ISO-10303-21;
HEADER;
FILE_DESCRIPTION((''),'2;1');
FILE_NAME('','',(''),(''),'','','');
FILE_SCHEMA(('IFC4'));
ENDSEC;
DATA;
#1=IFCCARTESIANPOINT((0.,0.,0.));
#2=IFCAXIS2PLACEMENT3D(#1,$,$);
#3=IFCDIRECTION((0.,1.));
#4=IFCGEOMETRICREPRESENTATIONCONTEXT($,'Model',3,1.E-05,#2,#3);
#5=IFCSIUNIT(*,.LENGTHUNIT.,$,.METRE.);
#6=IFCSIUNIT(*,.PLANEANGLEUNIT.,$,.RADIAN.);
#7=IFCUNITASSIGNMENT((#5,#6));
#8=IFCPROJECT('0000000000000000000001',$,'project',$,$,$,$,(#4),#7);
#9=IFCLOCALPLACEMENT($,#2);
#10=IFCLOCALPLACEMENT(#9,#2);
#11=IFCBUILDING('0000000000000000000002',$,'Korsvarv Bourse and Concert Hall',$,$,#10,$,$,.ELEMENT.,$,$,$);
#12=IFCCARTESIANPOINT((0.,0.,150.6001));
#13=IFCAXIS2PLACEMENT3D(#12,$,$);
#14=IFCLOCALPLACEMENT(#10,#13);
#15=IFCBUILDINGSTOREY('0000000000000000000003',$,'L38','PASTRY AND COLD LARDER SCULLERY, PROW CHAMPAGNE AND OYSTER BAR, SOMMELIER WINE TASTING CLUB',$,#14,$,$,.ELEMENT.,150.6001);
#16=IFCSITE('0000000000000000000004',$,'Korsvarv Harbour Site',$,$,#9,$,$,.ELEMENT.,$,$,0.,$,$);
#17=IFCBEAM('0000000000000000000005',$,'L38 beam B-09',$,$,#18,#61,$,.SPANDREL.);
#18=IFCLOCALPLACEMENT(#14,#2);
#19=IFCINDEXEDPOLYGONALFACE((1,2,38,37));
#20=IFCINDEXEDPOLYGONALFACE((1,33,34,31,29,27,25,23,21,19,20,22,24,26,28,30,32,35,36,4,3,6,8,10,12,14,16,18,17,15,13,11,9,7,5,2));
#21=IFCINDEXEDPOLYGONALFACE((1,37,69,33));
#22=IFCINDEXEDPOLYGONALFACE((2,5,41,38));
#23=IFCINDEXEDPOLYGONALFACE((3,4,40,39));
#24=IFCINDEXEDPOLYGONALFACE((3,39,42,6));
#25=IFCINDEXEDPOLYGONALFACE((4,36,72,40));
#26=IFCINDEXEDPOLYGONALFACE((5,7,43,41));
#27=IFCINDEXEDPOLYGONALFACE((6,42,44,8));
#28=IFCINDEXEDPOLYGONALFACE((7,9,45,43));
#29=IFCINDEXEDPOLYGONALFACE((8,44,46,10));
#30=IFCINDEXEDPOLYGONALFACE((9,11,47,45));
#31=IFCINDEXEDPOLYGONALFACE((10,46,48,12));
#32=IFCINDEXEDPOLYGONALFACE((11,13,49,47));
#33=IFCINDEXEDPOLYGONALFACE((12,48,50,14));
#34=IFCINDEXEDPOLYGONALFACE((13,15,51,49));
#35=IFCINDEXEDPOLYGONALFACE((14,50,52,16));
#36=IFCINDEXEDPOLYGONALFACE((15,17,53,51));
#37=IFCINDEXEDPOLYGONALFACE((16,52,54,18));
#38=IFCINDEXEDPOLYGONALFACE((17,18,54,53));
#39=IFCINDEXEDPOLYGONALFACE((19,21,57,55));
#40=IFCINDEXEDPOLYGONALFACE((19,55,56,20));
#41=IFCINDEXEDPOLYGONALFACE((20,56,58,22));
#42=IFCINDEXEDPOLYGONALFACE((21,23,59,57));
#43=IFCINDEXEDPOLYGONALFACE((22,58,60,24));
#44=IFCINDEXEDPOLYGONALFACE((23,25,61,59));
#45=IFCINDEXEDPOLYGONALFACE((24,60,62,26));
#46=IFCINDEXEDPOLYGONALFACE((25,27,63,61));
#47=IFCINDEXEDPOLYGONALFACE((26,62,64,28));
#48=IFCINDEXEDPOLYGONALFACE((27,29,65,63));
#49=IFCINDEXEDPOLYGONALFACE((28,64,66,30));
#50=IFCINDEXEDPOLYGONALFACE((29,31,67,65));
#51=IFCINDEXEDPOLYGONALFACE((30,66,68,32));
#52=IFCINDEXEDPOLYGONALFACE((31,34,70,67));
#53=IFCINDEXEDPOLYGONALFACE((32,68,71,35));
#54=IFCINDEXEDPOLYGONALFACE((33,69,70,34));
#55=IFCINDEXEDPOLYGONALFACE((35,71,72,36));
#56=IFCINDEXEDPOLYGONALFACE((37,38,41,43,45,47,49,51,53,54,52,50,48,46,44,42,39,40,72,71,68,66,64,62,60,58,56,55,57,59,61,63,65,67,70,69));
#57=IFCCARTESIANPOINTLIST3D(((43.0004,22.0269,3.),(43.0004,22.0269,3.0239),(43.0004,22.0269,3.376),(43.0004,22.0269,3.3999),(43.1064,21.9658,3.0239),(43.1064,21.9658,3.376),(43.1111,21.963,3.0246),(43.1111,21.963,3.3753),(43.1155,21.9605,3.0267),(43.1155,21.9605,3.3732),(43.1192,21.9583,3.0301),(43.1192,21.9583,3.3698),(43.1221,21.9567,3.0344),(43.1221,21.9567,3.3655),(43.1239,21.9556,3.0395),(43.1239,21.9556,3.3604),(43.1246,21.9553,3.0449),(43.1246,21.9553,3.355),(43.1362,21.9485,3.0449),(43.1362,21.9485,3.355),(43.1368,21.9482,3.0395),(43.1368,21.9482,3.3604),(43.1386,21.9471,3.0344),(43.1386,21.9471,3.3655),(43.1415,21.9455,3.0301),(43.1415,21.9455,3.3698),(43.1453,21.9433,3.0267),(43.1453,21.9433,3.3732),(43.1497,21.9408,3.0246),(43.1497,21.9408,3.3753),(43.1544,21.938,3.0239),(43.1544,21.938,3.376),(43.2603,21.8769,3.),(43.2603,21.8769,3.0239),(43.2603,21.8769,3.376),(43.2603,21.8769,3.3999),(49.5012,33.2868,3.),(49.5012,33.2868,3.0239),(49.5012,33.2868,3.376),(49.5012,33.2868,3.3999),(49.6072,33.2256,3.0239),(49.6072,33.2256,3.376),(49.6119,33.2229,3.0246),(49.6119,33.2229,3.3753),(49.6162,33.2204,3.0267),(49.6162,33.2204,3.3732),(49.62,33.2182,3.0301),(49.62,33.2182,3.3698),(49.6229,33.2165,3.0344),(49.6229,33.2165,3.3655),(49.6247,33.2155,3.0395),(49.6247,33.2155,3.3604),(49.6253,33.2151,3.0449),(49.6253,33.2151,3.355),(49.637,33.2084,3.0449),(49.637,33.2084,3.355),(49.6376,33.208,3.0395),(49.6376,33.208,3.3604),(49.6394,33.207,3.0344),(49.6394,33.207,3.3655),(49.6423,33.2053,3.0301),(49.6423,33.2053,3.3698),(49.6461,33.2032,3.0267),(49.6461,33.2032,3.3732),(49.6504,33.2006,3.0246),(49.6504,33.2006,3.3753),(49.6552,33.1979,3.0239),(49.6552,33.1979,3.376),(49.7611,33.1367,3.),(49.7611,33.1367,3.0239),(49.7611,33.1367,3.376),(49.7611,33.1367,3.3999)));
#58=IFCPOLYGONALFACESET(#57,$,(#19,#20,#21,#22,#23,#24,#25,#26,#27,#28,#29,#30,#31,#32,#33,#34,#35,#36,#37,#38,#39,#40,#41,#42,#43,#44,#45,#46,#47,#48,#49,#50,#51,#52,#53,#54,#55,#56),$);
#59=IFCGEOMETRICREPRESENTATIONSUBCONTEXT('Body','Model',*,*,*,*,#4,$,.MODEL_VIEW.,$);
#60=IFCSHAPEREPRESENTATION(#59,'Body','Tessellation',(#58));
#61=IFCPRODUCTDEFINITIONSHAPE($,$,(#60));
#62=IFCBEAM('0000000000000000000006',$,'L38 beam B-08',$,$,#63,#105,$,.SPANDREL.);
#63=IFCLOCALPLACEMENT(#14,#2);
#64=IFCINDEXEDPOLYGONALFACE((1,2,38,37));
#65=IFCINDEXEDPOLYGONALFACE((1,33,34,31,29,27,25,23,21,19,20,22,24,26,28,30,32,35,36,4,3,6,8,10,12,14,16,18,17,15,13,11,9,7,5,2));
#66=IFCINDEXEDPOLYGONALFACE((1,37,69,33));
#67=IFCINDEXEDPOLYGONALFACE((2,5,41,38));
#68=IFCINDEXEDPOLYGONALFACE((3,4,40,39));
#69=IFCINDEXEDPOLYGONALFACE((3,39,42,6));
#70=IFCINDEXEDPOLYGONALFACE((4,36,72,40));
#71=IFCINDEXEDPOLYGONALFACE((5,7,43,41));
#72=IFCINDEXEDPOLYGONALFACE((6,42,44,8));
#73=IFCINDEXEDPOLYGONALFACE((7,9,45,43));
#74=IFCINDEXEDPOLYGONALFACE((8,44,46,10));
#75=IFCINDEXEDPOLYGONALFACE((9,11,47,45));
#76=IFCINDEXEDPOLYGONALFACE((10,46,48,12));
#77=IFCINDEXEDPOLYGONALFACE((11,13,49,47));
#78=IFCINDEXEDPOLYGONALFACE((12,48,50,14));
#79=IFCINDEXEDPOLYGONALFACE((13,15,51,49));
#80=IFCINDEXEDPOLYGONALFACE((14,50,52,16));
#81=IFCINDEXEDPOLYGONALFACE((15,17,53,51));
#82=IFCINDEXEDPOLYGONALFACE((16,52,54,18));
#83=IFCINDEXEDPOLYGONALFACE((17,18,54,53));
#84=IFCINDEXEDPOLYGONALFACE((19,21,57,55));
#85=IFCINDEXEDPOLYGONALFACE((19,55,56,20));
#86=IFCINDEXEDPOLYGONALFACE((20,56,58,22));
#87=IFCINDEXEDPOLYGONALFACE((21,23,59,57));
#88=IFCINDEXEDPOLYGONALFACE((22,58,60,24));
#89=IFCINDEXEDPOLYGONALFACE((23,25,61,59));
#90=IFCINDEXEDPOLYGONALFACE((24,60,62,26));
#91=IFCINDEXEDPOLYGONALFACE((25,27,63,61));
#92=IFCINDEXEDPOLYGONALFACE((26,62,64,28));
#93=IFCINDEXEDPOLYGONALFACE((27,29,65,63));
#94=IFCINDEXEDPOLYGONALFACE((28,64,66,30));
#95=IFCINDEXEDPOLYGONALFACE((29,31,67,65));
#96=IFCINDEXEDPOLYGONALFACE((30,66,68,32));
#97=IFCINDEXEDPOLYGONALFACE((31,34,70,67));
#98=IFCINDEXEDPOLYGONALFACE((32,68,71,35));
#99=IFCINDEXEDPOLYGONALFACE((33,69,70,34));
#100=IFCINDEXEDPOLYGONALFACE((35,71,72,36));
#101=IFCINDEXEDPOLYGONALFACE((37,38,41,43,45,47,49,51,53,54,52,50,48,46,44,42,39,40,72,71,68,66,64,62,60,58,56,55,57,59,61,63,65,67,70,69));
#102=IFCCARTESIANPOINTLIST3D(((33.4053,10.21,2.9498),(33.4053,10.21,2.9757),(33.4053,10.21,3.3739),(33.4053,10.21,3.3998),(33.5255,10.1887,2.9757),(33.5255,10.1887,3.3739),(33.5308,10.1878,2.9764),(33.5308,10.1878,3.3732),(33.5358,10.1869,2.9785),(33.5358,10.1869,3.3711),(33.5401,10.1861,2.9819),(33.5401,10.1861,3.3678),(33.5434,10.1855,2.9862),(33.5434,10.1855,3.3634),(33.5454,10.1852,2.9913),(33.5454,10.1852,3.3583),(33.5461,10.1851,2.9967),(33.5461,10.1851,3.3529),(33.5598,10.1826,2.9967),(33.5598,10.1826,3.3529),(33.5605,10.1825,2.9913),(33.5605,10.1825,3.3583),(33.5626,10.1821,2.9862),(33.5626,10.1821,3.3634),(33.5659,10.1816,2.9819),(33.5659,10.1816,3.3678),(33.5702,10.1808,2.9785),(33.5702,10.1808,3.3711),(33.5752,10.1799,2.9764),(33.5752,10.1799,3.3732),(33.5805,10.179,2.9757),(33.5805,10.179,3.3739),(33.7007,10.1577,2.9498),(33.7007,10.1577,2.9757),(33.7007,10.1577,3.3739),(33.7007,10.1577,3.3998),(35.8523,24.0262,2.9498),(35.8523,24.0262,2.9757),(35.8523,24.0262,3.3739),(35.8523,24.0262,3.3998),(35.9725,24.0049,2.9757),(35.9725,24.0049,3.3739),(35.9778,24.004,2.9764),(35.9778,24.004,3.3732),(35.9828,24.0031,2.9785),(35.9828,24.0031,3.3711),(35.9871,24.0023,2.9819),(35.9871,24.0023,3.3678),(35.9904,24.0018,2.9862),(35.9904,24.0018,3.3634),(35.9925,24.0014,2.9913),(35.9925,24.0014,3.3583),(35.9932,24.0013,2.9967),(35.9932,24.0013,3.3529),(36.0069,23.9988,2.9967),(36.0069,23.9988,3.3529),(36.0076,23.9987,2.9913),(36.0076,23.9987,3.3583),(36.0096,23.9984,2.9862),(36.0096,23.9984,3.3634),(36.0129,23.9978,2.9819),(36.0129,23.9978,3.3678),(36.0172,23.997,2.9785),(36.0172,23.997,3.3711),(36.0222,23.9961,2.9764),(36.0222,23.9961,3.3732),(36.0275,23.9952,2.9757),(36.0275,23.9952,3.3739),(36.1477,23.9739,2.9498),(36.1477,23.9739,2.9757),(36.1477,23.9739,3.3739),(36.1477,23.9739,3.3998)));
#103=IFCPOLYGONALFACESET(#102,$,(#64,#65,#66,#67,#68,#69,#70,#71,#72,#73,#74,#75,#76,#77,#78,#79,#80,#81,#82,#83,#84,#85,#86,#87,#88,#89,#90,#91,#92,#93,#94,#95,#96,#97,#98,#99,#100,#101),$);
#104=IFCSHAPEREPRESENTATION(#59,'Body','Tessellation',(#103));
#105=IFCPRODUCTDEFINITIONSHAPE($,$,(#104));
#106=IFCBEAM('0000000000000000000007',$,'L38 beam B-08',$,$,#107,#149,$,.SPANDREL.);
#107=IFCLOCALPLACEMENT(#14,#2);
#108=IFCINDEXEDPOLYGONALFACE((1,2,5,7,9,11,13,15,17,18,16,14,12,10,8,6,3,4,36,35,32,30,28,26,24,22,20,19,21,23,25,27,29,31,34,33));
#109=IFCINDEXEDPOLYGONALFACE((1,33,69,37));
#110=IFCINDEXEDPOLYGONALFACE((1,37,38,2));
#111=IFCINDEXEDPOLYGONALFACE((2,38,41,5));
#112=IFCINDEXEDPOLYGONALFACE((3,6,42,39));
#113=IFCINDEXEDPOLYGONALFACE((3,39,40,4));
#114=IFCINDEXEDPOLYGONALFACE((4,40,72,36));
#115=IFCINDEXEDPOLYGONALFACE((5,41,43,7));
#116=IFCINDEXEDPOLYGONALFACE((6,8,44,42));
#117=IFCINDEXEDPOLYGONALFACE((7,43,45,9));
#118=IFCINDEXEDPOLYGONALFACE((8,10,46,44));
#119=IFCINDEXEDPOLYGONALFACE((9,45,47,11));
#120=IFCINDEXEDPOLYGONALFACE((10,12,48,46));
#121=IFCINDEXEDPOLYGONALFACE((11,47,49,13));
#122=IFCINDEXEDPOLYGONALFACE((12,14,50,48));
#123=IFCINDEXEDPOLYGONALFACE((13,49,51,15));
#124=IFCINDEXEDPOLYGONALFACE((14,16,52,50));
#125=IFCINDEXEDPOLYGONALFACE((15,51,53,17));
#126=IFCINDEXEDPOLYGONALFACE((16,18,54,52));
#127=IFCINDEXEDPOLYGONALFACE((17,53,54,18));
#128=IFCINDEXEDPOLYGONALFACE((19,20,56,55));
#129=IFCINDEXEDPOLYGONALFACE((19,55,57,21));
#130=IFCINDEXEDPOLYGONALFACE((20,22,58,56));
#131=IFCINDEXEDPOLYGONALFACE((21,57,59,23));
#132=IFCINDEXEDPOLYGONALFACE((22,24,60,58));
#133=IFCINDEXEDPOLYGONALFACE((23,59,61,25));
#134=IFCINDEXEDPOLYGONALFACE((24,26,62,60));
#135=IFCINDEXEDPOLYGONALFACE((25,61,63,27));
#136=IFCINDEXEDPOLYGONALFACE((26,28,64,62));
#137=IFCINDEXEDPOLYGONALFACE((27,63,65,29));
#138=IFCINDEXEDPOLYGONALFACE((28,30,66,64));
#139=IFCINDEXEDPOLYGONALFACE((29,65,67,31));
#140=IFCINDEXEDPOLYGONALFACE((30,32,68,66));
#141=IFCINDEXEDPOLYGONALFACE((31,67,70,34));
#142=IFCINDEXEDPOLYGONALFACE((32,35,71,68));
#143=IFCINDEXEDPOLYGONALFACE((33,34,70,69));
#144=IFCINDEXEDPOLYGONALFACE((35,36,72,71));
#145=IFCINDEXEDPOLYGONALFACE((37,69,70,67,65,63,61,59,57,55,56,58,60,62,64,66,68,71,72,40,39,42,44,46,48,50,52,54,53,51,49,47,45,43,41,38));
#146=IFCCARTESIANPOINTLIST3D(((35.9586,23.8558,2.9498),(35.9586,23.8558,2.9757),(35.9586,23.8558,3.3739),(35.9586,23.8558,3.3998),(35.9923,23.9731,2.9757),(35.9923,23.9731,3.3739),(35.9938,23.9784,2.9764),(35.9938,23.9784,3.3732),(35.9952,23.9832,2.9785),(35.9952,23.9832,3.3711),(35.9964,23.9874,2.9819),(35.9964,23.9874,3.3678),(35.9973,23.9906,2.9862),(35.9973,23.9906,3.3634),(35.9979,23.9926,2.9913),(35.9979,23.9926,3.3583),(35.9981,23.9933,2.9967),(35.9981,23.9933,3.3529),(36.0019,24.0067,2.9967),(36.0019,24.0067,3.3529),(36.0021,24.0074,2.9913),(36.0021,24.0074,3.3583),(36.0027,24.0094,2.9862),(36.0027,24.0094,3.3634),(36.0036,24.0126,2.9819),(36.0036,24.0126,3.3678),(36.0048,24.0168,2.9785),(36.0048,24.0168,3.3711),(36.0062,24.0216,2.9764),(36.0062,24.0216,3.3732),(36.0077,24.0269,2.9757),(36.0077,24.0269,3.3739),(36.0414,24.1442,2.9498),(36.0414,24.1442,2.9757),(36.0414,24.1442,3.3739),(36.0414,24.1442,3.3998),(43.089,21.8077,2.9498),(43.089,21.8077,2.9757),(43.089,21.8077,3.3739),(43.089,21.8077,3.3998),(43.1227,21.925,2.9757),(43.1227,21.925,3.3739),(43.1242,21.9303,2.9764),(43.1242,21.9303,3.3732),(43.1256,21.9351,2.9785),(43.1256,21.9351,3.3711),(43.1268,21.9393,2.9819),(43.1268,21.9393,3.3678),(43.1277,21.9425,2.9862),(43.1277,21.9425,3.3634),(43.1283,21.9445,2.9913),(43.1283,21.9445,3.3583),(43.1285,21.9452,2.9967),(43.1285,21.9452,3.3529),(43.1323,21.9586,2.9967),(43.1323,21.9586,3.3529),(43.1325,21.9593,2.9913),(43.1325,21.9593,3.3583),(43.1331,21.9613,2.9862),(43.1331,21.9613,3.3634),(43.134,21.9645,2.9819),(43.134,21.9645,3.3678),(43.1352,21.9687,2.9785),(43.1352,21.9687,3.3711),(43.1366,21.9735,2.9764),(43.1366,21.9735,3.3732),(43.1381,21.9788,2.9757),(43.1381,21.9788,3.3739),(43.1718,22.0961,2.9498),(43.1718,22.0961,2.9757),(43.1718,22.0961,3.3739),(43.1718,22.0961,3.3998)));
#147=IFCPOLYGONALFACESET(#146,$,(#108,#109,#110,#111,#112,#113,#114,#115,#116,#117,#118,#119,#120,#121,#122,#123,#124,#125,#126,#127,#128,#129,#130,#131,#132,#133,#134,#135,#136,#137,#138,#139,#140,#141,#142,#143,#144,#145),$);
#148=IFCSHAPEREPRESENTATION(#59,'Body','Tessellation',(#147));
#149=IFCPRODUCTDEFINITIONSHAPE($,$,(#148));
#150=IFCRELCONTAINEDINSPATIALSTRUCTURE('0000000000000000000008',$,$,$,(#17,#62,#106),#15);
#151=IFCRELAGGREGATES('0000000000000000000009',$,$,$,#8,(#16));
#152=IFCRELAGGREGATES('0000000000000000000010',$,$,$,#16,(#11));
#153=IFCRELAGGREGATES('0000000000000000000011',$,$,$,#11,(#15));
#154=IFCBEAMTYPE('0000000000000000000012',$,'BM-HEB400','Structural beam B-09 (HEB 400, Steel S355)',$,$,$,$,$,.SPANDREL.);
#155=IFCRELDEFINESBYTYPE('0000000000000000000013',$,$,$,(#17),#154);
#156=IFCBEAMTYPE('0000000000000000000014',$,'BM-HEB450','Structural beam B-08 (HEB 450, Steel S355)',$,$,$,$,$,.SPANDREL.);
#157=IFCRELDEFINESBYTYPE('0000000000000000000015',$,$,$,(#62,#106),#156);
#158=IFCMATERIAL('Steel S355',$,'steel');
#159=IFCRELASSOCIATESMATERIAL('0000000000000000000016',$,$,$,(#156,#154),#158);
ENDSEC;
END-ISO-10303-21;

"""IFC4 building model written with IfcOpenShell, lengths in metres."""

from ifc_helpers import new_model, si_unit, direction, frame, origin, origin_2d, place, context, subcontext, project, spatial, i_section, extrude, source, transform, mapped, material, material_profile, profile_set, type_object, element, save


model = new_model("IFC4")

# Units and contexts
model_context = context("Model", 3, precision=1e-05, world=origin(), true_north=direction((0.0, 1.0)))
body_context = subcontext(model_context, "Body", "Model", "MODEL_VIEW")
ifc_project = project(units=[si_unit("LENGTHUNIT", "METRE"), si_unit("PLANEANGLEUNIT", "RADIAN")], contexts=[model_context])

# Site, building, storey
site_placement = place(None, origin())
site = spatial("IfcSite", under=ifc_project, at=site_placement, Name="Korsvarv Harbour Site", CompositionType="ELEMENT", RefElevation=0.0)
building_placement = place(site_placement, origin())
building = spatial("IfcBuilding", under=site, at=building_placement, Name="Korsvarv Bourse and Concert Hall", CompositionType="ELEMENT")
storey_placement = place(building_placement, frame((0.0, 0.0, 150.6001)))
storey = spatial("IfcBuildingStorey", under=building, at=storey_placement, Name="L38", Description="PASTRY AND COLD LARDER SCULLERY, PROW CHAMPAGNE AND OYSTER BAR, SOMMELIER WINE TASTING CLUB", CompositionType="ELEMENT", Elevation=150.6001)

# Shared definitions
ifc_material_1 = material(Name="Steel S355", Category="steel")

# Beams
ifc_material_profile_1 = material_profile(ifc_material_1, i_section(OverallWidth=0.3, OverallDepth=0.45, WebThickness=0.0139, FlangeThickness=0.0259, FilletRadius=0.021, at=origin_2d()), Name="HEB 450")
ifc_profile_set_1 = profile_set([ifc_material_profile_1], Name="Steel S355")
beam_type_1 = type_object("IfcBeamType", Name="BM-HEB450", Description="Structural beam B-08 (HEB 450, Steel S355)", PredefinedType="SPANDREL", material=ifc_profile_set_1)
ifc_material_profile_2 = material_profile(ifc_material_1, i_section(OverallWidth=0.3, OverallDepth=0.3999, WebThickness=0.0134, FlangeThickness=0.0239, FilletRadius=0.021, at=origin_2d()), Name="HEB 400")
ifc_profile_set_2 = profile_set([ifc_material_profile_2], Name="Steel S355")
beam_type_2 = type_object("IfcBeamType", Name="BM-HEB400", Description="Structural beam B-09 (HEB 400, Steel S355)", PredefinedType="SPANDREL", material=ifc_profile_set_2)
shared_shape_1 = source(origin(), body_context, "Body", "SweptSolid", [
    extrude(i_section(OverallWidth=0.3, OverallDepth=0.3999, WebThickness=0.0134, FlangeThickness=0.0239, FilletRadius=0.021, at=origin_2d()), origin(), (0.0, 0.0, 1.0), 13.0017),
])
beam_1_placement = place(storey_placement, frame((43.1304, 21.9519, 3.2), z_axis=(0.499994, 0.866029, 0.0), x_axis=(-0.866029, 0.499994, 0.0)))
element("IfcBeam", 1, at=beam_1_placement, inside=storey, type_object=beam_type_2, Name="L38 beam B-09", PredefinedType="SPANDREL", context=body_context, shape_type="MappedRepresentation", body=[
    mapped(shared_shape_1, transform((0.0, 0.0, 0.0), scale=1.0)),
])
shared_shape_2 = source(origin(), body_context, "Body", "SweptSolid", [
    extrude(i_section(OverallWidth=0.3, OverallDepth=0.45, WebThickness=0.0139, FlangeThickness=0.0259, FilletRadius=0.021, at=origin_2d()), origin(), (0.0, 0.0, 1.0), 14.0312),
])
beam_2_placement = place(storey_placement, frame((33.553, 10.1838, 3.1748), z_axis=(0.174399, 0.984675, 0.0), x_axis=(-0.984675, 0.174399, 0.0)))
element("IfcBeam", 2, at=beam_2_placement, inside=storey, type_object=beam_type_1, Name="L38 beam B-08", PredefinedType="SPANDREL", context=body_context, shape_type="MappedRepresentation", body=[
    mapped(shared_shape_2, transform((0.0, 0.0, 0.0), scale=1.0)),
])
shared_shape_3 = source(origin(), body_context, "Body", "SweptSolid", [
    extrude(i_section(OverallWidth=0.3, OverallDepth=0.45, WebThickness=0.0139, FlangeThickness=0.0259, FilletRadius=0.021, at=origin_2d()), origin(), (0.0, 0.0, 1.0), 7.4187),
])
beam_3_placement = place(storey_placement, frame((43.1304, 21.9519, 3.1748), z_axis=(-0.961137, 0.276073, 0.0), x_axis=(-0.276073, -0.961137, 0.0)))
element("IfcBeam", 3, at=beam_3_placement, inside=storey, type_object=beam_type_1, Name="L38 beam B-08", PredefinedType="SPANDREL", context=body_context, shape_type="MappedRepresentation", body=[
    mapped(shared_shape_3, transform((0.0, 0.0, 0.0), scale=1.0)),
])

save(model, "model.ifc")
